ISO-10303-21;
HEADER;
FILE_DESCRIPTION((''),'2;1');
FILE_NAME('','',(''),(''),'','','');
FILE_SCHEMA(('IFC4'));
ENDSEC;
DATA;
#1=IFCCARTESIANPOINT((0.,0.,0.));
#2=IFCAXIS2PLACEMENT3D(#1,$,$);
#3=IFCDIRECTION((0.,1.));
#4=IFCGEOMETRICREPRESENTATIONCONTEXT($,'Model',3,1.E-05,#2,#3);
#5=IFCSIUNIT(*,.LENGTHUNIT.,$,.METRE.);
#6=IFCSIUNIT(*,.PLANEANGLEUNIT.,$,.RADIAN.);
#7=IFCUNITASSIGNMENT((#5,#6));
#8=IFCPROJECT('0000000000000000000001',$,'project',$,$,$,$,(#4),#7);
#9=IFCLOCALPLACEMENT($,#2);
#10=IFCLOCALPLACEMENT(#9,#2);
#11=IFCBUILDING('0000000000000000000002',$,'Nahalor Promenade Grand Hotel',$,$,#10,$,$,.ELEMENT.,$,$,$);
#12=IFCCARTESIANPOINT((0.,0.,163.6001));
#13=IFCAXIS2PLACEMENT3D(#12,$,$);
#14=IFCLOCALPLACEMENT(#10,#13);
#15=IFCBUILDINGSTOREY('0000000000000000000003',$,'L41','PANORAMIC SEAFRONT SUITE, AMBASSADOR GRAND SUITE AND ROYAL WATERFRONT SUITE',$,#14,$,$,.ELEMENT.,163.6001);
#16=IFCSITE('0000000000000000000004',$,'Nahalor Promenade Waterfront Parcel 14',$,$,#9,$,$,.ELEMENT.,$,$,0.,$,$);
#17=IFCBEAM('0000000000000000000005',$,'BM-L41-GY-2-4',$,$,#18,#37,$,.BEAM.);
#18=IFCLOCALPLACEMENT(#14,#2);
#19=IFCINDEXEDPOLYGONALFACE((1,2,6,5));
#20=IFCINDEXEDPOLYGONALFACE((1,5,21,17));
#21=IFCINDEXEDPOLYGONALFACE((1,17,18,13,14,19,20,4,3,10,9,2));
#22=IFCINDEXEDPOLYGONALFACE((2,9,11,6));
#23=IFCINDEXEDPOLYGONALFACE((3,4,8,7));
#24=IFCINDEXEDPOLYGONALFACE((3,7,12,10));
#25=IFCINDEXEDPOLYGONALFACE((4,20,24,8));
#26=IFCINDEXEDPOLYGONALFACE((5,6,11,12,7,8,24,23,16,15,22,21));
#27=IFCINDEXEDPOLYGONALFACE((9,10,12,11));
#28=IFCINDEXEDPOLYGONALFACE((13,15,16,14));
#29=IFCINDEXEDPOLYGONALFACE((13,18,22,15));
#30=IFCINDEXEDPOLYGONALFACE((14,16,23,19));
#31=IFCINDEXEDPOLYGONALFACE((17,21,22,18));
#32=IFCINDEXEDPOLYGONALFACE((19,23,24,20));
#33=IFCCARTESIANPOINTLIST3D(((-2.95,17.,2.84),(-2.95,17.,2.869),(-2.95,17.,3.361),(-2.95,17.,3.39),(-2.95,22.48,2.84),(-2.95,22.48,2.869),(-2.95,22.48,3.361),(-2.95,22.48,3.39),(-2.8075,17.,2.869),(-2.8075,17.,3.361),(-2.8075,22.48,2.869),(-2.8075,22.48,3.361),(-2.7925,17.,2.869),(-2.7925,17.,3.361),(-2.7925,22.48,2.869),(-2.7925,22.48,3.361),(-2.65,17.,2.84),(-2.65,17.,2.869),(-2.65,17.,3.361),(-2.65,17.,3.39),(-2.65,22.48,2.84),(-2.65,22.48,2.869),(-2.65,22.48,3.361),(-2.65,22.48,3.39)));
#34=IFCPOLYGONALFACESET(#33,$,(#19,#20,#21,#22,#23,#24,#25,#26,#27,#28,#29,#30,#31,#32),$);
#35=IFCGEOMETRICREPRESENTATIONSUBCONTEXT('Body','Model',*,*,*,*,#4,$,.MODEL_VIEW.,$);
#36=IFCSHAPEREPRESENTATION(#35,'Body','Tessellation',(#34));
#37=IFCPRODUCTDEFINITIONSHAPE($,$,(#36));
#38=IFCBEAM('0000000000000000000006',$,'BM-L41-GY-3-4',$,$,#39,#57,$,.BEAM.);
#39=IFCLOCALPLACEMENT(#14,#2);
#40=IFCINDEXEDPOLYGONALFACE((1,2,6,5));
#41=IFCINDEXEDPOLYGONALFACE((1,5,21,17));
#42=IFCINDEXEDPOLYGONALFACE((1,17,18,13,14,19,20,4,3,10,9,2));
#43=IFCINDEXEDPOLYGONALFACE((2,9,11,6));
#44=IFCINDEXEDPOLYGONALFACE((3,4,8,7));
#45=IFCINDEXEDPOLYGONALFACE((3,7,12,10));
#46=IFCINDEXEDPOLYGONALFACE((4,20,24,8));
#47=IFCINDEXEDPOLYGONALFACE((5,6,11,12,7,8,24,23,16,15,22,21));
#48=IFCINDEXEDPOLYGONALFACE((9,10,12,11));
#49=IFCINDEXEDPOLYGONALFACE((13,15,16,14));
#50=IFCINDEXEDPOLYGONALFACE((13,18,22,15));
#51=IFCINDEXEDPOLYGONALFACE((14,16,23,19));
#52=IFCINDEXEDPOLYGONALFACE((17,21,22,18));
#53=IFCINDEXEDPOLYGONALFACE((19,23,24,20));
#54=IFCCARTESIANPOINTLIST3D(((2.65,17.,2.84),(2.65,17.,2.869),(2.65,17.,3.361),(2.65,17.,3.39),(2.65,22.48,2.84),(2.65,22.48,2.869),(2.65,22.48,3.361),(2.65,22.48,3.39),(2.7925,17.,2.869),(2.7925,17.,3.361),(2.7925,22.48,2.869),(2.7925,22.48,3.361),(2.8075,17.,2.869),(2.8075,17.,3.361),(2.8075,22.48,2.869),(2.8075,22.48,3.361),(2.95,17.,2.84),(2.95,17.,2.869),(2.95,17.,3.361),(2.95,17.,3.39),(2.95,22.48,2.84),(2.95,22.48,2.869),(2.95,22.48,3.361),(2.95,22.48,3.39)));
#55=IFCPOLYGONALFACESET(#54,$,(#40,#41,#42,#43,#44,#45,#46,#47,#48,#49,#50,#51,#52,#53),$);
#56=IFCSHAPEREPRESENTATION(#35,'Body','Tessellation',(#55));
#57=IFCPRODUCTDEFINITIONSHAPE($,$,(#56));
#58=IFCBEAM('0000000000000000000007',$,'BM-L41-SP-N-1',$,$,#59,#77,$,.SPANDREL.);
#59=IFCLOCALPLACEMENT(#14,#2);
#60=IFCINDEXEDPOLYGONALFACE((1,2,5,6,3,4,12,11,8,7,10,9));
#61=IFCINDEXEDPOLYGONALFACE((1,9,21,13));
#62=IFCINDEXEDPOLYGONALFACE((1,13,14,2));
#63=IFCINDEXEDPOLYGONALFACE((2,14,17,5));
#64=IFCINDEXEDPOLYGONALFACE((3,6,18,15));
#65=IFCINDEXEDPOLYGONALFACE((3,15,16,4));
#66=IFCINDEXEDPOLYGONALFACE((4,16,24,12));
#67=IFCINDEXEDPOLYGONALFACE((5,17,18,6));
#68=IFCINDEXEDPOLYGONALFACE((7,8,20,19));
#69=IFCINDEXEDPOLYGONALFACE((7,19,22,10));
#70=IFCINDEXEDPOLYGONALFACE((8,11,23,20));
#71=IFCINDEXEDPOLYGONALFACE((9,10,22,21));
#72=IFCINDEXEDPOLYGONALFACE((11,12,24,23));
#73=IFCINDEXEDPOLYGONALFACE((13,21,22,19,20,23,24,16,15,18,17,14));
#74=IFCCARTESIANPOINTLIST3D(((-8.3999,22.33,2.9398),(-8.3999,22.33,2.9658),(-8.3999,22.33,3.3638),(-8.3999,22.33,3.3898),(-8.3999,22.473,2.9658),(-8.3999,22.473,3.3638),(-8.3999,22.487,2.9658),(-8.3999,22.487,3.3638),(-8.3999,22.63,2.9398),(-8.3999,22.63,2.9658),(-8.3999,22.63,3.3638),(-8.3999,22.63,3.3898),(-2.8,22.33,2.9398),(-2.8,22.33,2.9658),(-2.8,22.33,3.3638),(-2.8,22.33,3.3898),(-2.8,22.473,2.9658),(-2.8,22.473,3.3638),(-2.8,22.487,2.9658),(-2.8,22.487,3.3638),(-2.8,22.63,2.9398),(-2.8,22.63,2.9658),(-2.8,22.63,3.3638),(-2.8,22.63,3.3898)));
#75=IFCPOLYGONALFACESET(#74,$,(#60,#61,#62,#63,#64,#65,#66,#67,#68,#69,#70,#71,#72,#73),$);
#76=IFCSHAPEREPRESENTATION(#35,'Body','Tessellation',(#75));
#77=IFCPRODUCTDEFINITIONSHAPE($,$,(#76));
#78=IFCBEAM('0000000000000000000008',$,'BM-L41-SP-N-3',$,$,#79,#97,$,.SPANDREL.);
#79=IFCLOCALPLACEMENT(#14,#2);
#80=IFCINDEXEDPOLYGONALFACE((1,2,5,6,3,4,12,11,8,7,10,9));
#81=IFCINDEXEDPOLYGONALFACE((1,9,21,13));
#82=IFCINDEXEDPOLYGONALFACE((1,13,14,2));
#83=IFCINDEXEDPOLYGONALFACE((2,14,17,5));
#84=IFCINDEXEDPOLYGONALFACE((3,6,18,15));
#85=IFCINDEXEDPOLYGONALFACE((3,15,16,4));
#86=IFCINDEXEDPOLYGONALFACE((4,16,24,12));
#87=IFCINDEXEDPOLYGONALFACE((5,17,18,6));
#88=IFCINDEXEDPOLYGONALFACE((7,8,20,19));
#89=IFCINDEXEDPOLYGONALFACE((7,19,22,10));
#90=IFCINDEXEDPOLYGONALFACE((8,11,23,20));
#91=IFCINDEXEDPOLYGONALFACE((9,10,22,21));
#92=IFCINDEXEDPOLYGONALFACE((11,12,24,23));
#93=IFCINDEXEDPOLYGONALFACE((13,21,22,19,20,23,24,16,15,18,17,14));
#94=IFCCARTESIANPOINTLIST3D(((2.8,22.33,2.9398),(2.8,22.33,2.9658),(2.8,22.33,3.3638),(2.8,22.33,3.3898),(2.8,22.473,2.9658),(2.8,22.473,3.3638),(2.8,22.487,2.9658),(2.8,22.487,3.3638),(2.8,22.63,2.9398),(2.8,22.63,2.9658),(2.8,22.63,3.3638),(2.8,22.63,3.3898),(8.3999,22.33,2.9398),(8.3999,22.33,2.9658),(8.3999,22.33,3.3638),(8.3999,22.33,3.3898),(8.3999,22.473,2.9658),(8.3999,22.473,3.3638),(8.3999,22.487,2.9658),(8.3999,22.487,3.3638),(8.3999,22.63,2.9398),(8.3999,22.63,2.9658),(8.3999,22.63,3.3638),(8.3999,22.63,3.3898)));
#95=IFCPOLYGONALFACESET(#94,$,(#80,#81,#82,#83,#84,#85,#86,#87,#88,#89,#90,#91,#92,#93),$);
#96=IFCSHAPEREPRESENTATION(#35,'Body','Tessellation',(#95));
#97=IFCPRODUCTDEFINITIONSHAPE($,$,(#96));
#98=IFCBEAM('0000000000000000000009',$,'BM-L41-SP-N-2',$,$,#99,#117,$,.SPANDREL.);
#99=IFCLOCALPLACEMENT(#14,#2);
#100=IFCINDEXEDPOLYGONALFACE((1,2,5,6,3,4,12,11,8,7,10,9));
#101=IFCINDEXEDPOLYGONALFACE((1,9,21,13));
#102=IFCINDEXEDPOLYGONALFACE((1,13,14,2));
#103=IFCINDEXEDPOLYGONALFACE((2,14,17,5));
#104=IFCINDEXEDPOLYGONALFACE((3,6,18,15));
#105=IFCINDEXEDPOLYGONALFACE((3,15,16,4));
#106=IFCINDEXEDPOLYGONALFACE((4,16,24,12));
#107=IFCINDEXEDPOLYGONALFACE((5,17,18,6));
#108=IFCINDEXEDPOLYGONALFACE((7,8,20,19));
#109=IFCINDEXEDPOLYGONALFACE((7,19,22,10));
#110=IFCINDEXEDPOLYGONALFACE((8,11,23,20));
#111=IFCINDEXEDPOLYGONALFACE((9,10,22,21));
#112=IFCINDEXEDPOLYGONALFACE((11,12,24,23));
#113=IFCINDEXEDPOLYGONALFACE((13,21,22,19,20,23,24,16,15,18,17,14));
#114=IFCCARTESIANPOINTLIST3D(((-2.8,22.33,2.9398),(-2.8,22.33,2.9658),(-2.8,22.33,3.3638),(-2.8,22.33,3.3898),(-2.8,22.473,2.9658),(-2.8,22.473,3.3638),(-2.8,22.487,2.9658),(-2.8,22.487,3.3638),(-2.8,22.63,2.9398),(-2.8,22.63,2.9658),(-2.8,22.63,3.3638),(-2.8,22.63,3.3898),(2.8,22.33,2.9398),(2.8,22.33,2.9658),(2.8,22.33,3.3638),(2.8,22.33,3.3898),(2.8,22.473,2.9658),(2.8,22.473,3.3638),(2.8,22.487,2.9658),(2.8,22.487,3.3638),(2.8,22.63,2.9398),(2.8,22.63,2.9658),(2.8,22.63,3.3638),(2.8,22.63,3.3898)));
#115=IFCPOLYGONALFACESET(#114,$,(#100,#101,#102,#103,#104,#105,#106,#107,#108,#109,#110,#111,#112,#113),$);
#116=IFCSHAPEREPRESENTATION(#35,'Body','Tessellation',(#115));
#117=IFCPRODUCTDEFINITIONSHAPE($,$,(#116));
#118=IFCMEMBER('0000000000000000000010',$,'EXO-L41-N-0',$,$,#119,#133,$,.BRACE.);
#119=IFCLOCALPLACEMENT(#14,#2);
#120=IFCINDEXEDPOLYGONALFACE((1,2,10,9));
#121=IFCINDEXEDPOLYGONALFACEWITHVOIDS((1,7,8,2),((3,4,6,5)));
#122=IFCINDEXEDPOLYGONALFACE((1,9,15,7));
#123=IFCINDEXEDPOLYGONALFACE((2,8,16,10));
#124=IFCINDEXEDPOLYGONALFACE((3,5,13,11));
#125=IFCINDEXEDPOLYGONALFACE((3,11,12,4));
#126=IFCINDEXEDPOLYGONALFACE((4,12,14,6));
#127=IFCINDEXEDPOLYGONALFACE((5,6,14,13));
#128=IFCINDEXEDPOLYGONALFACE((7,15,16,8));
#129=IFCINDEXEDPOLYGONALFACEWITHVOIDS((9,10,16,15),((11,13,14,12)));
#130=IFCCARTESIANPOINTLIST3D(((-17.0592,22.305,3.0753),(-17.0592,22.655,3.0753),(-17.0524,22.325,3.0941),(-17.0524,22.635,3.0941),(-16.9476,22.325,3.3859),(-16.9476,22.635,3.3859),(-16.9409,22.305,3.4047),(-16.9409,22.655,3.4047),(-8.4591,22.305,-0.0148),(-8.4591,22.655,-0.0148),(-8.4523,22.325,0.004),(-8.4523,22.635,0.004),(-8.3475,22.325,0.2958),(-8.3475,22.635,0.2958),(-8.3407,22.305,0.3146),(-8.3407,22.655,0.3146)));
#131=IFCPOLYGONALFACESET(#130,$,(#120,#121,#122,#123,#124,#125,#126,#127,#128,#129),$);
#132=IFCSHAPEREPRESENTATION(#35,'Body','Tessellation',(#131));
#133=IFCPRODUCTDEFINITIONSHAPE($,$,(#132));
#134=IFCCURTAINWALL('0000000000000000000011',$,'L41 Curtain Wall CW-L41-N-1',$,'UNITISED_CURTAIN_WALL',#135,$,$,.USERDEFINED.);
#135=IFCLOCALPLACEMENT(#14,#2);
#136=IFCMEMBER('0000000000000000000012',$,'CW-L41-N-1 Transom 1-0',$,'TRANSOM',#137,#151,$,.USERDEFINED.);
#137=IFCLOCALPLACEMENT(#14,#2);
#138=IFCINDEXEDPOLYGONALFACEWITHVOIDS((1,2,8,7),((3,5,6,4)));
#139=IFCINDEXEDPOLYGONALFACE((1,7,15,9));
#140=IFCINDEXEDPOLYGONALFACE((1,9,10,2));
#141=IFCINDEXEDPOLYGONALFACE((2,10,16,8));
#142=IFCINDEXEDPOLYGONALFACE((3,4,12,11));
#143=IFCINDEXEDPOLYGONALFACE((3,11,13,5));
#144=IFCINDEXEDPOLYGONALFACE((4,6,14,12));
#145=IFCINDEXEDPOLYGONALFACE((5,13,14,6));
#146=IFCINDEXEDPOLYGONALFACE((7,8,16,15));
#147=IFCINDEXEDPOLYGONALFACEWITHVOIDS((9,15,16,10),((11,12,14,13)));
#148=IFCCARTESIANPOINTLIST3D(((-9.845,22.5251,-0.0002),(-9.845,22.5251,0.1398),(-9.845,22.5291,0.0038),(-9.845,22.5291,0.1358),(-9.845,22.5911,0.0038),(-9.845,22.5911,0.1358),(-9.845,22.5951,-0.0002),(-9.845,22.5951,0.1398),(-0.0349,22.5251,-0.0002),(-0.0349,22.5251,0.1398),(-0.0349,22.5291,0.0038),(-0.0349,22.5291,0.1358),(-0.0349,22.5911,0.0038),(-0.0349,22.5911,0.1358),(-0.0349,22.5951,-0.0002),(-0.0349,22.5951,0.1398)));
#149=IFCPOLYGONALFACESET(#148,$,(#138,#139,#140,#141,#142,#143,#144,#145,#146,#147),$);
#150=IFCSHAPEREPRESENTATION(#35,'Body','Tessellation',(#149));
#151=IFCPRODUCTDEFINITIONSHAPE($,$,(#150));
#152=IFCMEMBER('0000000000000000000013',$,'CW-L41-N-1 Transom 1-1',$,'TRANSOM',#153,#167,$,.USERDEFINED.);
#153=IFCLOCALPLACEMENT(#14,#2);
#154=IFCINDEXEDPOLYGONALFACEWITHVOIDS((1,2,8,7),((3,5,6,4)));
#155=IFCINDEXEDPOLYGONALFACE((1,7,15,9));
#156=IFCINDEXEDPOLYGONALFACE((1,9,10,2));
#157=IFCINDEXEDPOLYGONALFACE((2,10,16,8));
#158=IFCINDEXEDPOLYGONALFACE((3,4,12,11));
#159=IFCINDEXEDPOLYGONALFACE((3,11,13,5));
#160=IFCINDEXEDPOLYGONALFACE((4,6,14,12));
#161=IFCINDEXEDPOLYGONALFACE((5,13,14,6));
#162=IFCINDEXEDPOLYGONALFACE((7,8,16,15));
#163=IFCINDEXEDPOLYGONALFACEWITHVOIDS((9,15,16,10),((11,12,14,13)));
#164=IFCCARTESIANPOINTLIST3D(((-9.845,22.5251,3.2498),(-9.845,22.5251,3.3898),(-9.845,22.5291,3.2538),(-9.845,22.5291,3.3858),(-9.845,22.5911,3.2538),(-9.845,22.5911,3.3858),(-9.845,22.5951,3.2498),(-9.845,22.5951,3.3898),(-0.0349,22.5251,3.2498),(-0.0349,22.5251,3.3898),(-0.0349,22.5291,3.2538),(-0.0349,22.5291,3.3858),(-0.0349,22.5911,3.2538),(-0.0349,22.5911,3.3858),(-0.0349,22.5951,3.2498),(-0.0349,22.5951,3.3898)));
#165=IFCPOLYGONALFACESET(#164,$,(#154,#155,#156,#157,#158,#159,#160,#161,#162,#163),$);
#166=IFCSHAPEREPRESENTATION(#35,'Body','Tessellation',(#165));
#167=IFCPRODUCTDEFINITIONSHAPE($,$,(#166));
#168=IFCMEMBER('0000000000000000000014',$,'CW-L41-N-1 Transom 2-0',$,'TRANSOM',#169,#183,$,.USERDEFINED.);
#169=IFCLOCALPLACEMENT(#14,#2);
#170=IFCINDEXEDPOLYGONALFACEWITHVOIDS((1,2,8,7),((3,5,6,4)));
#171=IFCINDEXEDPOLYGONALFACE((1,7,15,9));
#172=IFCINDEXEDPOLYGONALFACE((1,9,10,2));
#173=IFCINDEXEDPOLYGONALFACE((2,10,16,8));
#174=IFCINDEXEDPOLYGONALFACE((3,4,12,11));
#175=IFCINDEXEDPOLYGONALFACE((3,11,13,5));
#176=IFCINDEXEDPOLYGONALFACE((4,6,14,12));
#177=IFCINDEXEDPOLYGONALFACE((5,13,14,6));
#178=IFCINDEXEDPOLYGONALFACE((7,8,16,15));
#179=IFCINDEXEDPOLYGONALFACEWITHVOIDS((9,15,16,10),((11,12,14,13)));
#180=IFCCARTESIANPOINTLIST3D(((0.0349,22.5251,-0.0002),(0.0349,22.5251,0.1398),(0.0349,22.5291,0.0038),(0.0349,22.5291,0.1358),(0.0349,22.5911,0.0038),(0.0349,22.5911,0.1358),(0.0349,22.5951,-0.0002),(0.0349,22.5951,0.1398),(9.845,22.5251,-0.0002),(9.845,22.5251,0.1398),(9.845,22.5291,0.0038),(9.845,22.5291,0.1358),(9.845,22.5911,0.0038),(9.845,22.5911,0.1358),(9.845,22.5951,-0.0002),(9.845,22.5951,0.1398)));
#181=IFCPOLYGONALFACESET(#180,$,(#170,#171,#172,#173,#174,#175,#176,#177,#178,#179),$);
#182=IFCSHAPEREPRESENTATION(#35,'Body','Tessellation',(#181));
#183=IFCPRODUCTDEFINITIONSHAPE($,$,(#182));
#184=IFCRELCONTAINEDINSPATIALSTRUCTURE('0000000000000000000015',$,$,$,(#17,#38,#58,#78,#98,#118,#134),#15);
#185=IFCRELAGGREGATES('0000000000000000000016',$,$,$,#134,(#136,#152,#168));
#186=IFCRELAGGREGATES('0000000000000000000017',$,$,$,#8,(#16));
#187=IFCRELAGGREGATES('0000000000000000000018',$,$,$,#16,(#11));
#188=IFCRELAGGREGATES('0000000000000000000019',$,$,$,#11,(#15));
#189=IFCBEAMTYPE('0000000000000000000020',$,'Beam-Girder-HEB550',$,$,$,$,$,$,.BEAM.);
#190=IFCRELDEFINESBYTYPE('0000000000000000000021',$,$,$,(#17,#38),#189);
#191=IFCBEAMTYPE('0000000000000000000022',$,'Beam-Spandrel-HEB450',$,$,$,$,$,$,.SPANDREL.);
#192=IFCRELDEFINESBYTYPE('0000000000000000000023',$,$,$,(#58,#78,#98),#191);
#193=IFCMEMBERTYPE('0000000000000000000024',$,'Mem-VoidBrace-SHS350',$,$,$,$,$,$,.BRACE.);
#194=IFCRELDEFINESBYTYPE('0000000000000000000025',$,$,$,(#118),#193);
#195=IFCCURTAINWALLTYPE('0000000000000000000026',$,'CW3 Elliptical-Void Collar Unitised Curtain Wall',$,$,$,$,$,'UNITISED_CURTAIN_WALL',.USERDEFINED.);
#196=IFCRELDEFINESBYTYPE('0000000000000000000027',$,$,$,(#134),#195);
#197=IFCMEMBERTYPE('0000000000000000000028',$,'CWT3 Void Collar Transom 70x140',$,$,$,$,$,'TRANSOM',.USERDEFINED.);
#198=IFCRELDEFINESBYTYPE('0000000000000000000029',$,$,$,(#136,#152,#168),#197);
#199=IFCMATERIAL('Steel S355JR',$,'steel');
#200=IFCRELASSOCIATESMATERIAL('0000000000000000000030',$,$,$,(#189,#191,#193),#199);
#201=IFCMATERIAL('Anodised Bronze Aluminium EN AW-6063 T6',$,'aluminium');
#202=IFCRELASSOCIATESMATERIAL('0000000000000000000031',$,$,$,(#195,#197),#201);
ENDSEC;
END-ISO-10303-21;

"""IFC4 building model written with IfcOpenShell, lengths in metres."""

from ifc_helpers import new_model, si_unit, direction, frame, origin, origin_2d, place, context, subcontext, project, spatial, hollow_rectangle, i_section, extrude, source, transform, mapped, material, material_profile, profile_set, type_object, element, aggregate, save


model = new_model("IFC4")

# Units and contexts
model_context = context("Model", 3, precision=1e-05, world=origin(), true_north=direction((0.0, 1.0)))
body_context = subcontext(model_context, "Body", "Model", "MODEL_VIEW")
ifc_project = project(units=[si_unit("LENGTHUNIT", "METRE"), si_unit("PLANEANGLEUNIT", "RADIAN")], contexts=[model_context])

# Site, building, storey
site_placement = place(None, origin())
site = spatial("IfcSite", under=ifc_project, at=site_placement, Name="Nahalor Promenade Waterfront Parcel 14", CompositionType="ELEMENT", RefElevation=0.0)
building_placement = place(site_placement, origin())
building = spatial("IfcBuilding", under=site, at=building_placement, Name="Nahalor Promenade Grand Hotel", CompositionType="ELEMENT")
storey_placement = place(building_placement, frame((0.0, 0.0, 163.6001)))
storey = spatial("IfcBuildingStorey", under=building, at=storey_placement, Name="L41", Description="PANORAMIC SEAFRONT SUITE, AMBASSADOR GRAND SUITE AND ROYAL WATERFRONT SUITE", CompositionType="ELEMENT", Elevation=163.6001)

# Beams
ifc_material_1 = material(Name="Steel S355JR", Category="steel")
ifc_material_profile_1 = material_profile(ifc_material_1, i_section(OverallWidth=0.3, OverallDepth=0.55, WebThickness=0.015, FlangeThickness=0.029, at=origin_2d()), Name="HEB 550")
ifc_profile_set_1 = profile_set([ifc_material_profile_1], Name="Steel S355JR")
beam_type_1 = type_object("IfcBeamType", Name="Beam-Girder-HEB550", PredefinedType="BEAM", material=ifc_profile_set_1)
shared_shape_1 = source(origin(), body_context, "Body", "SweptSolid", [
    extrude(i_section(OverallWidth=0.3, OverallDepth=0.55, WebThickness=0.015, FlangeThickness=0.029, at=origin_2d()), origin(), (0.0, 0.0, 1.0), 5.48),
])
for number, where, z_axis, x_axis, name in (
    (1, (-2.8, 17.0, 3.115), (0.0, 1.0, 0.0), (-1.0, 0.0, 0.0), "BM-L41-GY-2-4"),
    (2, (2.8, 17.0, 3.115), (0.0, 1.0, 0.0), (-1.0, 0.0, 0.0), "BM-L41-GY-3-4"),
):
    element("IfcBeam", number, at=place(storey_placement, frame(where, z_axis=z_axis, x_axis=x_axis)), inside=storey, type_object=beam_type_1, Name=name, PredefinedType="BEAM", context=body_context, shape_type="MappedRepresentation", body=[
        mapped(shared_shape_1, transform((0.0, 0.0, 0.0), scale=1.0)),
    ])
ifc_material_profile_2 = material_profile(ifc_material_1, i_section(OverallWidth=0.3, OverallDepth=0.45, WebThickness=0.014, FlangeThickness=0.026, at=origin_2d()), Name="HEB 450")
ifc_profile_set_2 = profile_set([ifc_material_profile_2], Name="Steel S355JR")
beam_type_2 = type_object("IfcBeamType", Name="Beam-Spandrel-HEB450", PredefinedType="SPANDREL", material=ifc_profile_set_2)
shared_shape_2 = source(origin(), body_context, "Body", "SweptSolid", [
    extrude(i_section(OverallWidth=0.3, OverallDepth=0.45, WebThickness=0.014, FlangeThickness=0.026, at=origin_2d()), origin(), (0.0, 0.0, 1.0), 5.5999),
])
for number, where, z_axis, x_axis, name in (
    (3, (-8.3999, 22.48, 3.1648), (1.0, 0.0, 0.0), (0.0, 1.0, 0.0), "BM-L41-SP-N-1"),
    (4, (2.8, 22.48, 3.1648), (1.0, 0.0, 0.0), (0.0, 1.0, 0.0), "BM-L41-SP-N-3"),
):
    element("IfcBeam", number, at=place(storey_placement, frame(where, z_axis=z_axis, x_axis=x_axis)), inside=storey, type_object=beam_type_2, Name=name, PredefinedType="SPANDREL", context=body_context, shape_type="MappedRepresentation", body=[
        mapped(shared_shape_2, transform((0.0, 0.0, 0.0), scale=1.0)),
    ])
shared_shape_3 = source(origin(), body_context, "Body", "SweptSolid", [
    extrude(i_section(OverallWidth=0.3, OverallDepth=0.45, WebThickness=0.014, FlangeThickness=0.026, at=origin_2d()), origin(), (0.0, 0.0, 1.0), 5.6001),
])
beam_1_placement = place(storey_placement, frame((-2.8, 22.48, 3.1648), z_axis=(1.0, 0.0, 0.0), x_axis=(0.0, 1.0, 0.0)))
element("IfcBeam", 5, at=beam_1_placement, inside=storey, type_object=beam_type_2, Name="BM-L41-SP-N-2", PredefinedType="SPANDREL", context=body_context, shape_type="MappedRepresentation", body=[
    mapped(shared_shape_3, transform((0.0, 0.0, 0.0), scale=1.0)),
])

# Member
ifc_material_profile_3 = material_profile(ifc_material_1, hollow_rectangle(XDim=0.35, YDim=0.35, WallThickness=0.02, at=origin_2d()), Name="SHS 350x350x20")
ifc_profile_set_3 = profile_set([ifc_material_profile_3], Name="Steel S355JR")
member_type_1 = type_object("IfcMemberType", Name="Mem-VoidBrace-SHS350", PredefinedType="BRACE", material=ifc_profile_set_3)
shared_shape_4 = source(origin(), body_context, "Body", "SweptSolid", [
    extrude(hollow_rectangle(XDim=0.35, YDim=0.35, WallThickness=0.02, at=origin_2d()), origin(), (0.0, 0.0, 1.0), 9.1384),
])
member_1_placement = place(storey_placement, frame((-8.3999, 22.48, 0.1499), z_axis=(-0.941095, 0.0, 0.338143), x_axis=(0.0, -1.0, 0.0)))
element("IfcMember", 6, at=member_1_placement, inside=storey, type_object=member_type_1, Name="EXO-L41-N-0", PredefinedType="BRACE", context=body_context, shape_type="MappedRepresentation", body=[
    mapped(shared_shape_4, transform((0.0, 0.0, 0.0), scale=1.0)),
])

# Curtain wall, members
ifc_material_2 = material(Name="Anodised Bronze Aluminium EN AW-6063 T6", Category="aluminium")
curtain_wall_type = type_object("IfcCurtainWallType", Name="CW3 Elliptical-Void Collar Unitised Curtain Wall", ElementType="UNITISED_CURTAIN_WALL", PredefinedType="USERDEFINED", material=ifc_material_2)
curtain_wall_placement = place(storey_placement, origin())
curtain_wall = element("IfcCurtainWall", 7, at=curtain_wall_placement, inside=storey, type_object=curtain_wall_type, Name="L41 Curtain Wall CW-L41-N-1", ObjectType="UNITISED_CURTAIN_WALL", PredefinedType="USERDEFINED")
ifc_material_profile_4 = material_profile(ifc_material_2, hollow_rectangle(XDim=0.07, YDim=0.14, WallThickness=0.004, at=origin_2d()), Name="CWT 70x140x4")
ifc_profile_set_4 = profile_set([ifc_material_profile_4], Name="Anodised Bronze Aluminium EN AW-6063 T6")
member_type_2 = type_object("IfcMemberType", Name="CWT3 Void Collar Transom 70x140", ElementType="TRANSOM", PredefinedType="USERDEFINED", material=ifc_profile_set_4)
shared_shape_5 = source(origin(), body_context, "Body", "SweptSolid", [
    extrude(hollow_rectangle(XDim=0.07, YDim=0.14, WallThickness=0.004, at=origin_2d()), origin(), (0.0, 0.0, 1.0), 9.8101),
])
member_2_placement = place(storey_placement, frame((-9.845, 22.5601, 0.0698), z_axis=(1.0, 0.0, 0.0), x_axis=(0.0, 1.0, 0.0)))
member_2 = element("IfcMember", 8, at=member_2_placement, type_object=member_type_2, Name="CW-L41-N-1 Transom 1-0", ObjectType="TRANSOM", PredefinedType="USERDEFINED", context=body_context, shape_type="MappedRepresentation", body=[
    mapped(shared_shape_5, transform((0.0, 0.0, 0.0), scale=1.0)),
])
member_3_placement = place(storey_placement, frame((-9.845, 22.5601, 3.3198), z_axis=(1.0, 0.0, 0.0), x_axis=(0.0, 1.0, 0.0)))
member_3 = element("IfcMember", 9, at=member_3_placement, type_object=member_type_2, Name="CW-L41-N-1 Transom 1-1", ObjectType="TRANSOM", PredefinedType="USERDEFINED", context=body_context, shape_type="MappedRepresentation", body=[
    mapped(shared_shape_5, transform((0.0, 0.0, 0.0), scale=1.0)),
])
member_4_placement = place(storey_placement, frame((0.0349, 22.5601, 0.0698), z_axis=(1.0, 0.0, 0.0), x_axis=(0.0, 1.0, 0.0)))
member_4 = element("IfcMember", 10, at=member_4_placement, type_object=member_type_2, Name="CW-L41-N-1 Transom 2-0", ObjectType="TRANSOM", PredefinedType="USERDEFINED", context=body_context, shape_type="MappedRepresentation", body=[
    mapped(shared_shape_5, transform((0.0, 0.0, 0.0), scale=1.0)),
])
aggregate(curtain_wall, [member_2, member_3, member_4])

save(model, "model.ifc")
